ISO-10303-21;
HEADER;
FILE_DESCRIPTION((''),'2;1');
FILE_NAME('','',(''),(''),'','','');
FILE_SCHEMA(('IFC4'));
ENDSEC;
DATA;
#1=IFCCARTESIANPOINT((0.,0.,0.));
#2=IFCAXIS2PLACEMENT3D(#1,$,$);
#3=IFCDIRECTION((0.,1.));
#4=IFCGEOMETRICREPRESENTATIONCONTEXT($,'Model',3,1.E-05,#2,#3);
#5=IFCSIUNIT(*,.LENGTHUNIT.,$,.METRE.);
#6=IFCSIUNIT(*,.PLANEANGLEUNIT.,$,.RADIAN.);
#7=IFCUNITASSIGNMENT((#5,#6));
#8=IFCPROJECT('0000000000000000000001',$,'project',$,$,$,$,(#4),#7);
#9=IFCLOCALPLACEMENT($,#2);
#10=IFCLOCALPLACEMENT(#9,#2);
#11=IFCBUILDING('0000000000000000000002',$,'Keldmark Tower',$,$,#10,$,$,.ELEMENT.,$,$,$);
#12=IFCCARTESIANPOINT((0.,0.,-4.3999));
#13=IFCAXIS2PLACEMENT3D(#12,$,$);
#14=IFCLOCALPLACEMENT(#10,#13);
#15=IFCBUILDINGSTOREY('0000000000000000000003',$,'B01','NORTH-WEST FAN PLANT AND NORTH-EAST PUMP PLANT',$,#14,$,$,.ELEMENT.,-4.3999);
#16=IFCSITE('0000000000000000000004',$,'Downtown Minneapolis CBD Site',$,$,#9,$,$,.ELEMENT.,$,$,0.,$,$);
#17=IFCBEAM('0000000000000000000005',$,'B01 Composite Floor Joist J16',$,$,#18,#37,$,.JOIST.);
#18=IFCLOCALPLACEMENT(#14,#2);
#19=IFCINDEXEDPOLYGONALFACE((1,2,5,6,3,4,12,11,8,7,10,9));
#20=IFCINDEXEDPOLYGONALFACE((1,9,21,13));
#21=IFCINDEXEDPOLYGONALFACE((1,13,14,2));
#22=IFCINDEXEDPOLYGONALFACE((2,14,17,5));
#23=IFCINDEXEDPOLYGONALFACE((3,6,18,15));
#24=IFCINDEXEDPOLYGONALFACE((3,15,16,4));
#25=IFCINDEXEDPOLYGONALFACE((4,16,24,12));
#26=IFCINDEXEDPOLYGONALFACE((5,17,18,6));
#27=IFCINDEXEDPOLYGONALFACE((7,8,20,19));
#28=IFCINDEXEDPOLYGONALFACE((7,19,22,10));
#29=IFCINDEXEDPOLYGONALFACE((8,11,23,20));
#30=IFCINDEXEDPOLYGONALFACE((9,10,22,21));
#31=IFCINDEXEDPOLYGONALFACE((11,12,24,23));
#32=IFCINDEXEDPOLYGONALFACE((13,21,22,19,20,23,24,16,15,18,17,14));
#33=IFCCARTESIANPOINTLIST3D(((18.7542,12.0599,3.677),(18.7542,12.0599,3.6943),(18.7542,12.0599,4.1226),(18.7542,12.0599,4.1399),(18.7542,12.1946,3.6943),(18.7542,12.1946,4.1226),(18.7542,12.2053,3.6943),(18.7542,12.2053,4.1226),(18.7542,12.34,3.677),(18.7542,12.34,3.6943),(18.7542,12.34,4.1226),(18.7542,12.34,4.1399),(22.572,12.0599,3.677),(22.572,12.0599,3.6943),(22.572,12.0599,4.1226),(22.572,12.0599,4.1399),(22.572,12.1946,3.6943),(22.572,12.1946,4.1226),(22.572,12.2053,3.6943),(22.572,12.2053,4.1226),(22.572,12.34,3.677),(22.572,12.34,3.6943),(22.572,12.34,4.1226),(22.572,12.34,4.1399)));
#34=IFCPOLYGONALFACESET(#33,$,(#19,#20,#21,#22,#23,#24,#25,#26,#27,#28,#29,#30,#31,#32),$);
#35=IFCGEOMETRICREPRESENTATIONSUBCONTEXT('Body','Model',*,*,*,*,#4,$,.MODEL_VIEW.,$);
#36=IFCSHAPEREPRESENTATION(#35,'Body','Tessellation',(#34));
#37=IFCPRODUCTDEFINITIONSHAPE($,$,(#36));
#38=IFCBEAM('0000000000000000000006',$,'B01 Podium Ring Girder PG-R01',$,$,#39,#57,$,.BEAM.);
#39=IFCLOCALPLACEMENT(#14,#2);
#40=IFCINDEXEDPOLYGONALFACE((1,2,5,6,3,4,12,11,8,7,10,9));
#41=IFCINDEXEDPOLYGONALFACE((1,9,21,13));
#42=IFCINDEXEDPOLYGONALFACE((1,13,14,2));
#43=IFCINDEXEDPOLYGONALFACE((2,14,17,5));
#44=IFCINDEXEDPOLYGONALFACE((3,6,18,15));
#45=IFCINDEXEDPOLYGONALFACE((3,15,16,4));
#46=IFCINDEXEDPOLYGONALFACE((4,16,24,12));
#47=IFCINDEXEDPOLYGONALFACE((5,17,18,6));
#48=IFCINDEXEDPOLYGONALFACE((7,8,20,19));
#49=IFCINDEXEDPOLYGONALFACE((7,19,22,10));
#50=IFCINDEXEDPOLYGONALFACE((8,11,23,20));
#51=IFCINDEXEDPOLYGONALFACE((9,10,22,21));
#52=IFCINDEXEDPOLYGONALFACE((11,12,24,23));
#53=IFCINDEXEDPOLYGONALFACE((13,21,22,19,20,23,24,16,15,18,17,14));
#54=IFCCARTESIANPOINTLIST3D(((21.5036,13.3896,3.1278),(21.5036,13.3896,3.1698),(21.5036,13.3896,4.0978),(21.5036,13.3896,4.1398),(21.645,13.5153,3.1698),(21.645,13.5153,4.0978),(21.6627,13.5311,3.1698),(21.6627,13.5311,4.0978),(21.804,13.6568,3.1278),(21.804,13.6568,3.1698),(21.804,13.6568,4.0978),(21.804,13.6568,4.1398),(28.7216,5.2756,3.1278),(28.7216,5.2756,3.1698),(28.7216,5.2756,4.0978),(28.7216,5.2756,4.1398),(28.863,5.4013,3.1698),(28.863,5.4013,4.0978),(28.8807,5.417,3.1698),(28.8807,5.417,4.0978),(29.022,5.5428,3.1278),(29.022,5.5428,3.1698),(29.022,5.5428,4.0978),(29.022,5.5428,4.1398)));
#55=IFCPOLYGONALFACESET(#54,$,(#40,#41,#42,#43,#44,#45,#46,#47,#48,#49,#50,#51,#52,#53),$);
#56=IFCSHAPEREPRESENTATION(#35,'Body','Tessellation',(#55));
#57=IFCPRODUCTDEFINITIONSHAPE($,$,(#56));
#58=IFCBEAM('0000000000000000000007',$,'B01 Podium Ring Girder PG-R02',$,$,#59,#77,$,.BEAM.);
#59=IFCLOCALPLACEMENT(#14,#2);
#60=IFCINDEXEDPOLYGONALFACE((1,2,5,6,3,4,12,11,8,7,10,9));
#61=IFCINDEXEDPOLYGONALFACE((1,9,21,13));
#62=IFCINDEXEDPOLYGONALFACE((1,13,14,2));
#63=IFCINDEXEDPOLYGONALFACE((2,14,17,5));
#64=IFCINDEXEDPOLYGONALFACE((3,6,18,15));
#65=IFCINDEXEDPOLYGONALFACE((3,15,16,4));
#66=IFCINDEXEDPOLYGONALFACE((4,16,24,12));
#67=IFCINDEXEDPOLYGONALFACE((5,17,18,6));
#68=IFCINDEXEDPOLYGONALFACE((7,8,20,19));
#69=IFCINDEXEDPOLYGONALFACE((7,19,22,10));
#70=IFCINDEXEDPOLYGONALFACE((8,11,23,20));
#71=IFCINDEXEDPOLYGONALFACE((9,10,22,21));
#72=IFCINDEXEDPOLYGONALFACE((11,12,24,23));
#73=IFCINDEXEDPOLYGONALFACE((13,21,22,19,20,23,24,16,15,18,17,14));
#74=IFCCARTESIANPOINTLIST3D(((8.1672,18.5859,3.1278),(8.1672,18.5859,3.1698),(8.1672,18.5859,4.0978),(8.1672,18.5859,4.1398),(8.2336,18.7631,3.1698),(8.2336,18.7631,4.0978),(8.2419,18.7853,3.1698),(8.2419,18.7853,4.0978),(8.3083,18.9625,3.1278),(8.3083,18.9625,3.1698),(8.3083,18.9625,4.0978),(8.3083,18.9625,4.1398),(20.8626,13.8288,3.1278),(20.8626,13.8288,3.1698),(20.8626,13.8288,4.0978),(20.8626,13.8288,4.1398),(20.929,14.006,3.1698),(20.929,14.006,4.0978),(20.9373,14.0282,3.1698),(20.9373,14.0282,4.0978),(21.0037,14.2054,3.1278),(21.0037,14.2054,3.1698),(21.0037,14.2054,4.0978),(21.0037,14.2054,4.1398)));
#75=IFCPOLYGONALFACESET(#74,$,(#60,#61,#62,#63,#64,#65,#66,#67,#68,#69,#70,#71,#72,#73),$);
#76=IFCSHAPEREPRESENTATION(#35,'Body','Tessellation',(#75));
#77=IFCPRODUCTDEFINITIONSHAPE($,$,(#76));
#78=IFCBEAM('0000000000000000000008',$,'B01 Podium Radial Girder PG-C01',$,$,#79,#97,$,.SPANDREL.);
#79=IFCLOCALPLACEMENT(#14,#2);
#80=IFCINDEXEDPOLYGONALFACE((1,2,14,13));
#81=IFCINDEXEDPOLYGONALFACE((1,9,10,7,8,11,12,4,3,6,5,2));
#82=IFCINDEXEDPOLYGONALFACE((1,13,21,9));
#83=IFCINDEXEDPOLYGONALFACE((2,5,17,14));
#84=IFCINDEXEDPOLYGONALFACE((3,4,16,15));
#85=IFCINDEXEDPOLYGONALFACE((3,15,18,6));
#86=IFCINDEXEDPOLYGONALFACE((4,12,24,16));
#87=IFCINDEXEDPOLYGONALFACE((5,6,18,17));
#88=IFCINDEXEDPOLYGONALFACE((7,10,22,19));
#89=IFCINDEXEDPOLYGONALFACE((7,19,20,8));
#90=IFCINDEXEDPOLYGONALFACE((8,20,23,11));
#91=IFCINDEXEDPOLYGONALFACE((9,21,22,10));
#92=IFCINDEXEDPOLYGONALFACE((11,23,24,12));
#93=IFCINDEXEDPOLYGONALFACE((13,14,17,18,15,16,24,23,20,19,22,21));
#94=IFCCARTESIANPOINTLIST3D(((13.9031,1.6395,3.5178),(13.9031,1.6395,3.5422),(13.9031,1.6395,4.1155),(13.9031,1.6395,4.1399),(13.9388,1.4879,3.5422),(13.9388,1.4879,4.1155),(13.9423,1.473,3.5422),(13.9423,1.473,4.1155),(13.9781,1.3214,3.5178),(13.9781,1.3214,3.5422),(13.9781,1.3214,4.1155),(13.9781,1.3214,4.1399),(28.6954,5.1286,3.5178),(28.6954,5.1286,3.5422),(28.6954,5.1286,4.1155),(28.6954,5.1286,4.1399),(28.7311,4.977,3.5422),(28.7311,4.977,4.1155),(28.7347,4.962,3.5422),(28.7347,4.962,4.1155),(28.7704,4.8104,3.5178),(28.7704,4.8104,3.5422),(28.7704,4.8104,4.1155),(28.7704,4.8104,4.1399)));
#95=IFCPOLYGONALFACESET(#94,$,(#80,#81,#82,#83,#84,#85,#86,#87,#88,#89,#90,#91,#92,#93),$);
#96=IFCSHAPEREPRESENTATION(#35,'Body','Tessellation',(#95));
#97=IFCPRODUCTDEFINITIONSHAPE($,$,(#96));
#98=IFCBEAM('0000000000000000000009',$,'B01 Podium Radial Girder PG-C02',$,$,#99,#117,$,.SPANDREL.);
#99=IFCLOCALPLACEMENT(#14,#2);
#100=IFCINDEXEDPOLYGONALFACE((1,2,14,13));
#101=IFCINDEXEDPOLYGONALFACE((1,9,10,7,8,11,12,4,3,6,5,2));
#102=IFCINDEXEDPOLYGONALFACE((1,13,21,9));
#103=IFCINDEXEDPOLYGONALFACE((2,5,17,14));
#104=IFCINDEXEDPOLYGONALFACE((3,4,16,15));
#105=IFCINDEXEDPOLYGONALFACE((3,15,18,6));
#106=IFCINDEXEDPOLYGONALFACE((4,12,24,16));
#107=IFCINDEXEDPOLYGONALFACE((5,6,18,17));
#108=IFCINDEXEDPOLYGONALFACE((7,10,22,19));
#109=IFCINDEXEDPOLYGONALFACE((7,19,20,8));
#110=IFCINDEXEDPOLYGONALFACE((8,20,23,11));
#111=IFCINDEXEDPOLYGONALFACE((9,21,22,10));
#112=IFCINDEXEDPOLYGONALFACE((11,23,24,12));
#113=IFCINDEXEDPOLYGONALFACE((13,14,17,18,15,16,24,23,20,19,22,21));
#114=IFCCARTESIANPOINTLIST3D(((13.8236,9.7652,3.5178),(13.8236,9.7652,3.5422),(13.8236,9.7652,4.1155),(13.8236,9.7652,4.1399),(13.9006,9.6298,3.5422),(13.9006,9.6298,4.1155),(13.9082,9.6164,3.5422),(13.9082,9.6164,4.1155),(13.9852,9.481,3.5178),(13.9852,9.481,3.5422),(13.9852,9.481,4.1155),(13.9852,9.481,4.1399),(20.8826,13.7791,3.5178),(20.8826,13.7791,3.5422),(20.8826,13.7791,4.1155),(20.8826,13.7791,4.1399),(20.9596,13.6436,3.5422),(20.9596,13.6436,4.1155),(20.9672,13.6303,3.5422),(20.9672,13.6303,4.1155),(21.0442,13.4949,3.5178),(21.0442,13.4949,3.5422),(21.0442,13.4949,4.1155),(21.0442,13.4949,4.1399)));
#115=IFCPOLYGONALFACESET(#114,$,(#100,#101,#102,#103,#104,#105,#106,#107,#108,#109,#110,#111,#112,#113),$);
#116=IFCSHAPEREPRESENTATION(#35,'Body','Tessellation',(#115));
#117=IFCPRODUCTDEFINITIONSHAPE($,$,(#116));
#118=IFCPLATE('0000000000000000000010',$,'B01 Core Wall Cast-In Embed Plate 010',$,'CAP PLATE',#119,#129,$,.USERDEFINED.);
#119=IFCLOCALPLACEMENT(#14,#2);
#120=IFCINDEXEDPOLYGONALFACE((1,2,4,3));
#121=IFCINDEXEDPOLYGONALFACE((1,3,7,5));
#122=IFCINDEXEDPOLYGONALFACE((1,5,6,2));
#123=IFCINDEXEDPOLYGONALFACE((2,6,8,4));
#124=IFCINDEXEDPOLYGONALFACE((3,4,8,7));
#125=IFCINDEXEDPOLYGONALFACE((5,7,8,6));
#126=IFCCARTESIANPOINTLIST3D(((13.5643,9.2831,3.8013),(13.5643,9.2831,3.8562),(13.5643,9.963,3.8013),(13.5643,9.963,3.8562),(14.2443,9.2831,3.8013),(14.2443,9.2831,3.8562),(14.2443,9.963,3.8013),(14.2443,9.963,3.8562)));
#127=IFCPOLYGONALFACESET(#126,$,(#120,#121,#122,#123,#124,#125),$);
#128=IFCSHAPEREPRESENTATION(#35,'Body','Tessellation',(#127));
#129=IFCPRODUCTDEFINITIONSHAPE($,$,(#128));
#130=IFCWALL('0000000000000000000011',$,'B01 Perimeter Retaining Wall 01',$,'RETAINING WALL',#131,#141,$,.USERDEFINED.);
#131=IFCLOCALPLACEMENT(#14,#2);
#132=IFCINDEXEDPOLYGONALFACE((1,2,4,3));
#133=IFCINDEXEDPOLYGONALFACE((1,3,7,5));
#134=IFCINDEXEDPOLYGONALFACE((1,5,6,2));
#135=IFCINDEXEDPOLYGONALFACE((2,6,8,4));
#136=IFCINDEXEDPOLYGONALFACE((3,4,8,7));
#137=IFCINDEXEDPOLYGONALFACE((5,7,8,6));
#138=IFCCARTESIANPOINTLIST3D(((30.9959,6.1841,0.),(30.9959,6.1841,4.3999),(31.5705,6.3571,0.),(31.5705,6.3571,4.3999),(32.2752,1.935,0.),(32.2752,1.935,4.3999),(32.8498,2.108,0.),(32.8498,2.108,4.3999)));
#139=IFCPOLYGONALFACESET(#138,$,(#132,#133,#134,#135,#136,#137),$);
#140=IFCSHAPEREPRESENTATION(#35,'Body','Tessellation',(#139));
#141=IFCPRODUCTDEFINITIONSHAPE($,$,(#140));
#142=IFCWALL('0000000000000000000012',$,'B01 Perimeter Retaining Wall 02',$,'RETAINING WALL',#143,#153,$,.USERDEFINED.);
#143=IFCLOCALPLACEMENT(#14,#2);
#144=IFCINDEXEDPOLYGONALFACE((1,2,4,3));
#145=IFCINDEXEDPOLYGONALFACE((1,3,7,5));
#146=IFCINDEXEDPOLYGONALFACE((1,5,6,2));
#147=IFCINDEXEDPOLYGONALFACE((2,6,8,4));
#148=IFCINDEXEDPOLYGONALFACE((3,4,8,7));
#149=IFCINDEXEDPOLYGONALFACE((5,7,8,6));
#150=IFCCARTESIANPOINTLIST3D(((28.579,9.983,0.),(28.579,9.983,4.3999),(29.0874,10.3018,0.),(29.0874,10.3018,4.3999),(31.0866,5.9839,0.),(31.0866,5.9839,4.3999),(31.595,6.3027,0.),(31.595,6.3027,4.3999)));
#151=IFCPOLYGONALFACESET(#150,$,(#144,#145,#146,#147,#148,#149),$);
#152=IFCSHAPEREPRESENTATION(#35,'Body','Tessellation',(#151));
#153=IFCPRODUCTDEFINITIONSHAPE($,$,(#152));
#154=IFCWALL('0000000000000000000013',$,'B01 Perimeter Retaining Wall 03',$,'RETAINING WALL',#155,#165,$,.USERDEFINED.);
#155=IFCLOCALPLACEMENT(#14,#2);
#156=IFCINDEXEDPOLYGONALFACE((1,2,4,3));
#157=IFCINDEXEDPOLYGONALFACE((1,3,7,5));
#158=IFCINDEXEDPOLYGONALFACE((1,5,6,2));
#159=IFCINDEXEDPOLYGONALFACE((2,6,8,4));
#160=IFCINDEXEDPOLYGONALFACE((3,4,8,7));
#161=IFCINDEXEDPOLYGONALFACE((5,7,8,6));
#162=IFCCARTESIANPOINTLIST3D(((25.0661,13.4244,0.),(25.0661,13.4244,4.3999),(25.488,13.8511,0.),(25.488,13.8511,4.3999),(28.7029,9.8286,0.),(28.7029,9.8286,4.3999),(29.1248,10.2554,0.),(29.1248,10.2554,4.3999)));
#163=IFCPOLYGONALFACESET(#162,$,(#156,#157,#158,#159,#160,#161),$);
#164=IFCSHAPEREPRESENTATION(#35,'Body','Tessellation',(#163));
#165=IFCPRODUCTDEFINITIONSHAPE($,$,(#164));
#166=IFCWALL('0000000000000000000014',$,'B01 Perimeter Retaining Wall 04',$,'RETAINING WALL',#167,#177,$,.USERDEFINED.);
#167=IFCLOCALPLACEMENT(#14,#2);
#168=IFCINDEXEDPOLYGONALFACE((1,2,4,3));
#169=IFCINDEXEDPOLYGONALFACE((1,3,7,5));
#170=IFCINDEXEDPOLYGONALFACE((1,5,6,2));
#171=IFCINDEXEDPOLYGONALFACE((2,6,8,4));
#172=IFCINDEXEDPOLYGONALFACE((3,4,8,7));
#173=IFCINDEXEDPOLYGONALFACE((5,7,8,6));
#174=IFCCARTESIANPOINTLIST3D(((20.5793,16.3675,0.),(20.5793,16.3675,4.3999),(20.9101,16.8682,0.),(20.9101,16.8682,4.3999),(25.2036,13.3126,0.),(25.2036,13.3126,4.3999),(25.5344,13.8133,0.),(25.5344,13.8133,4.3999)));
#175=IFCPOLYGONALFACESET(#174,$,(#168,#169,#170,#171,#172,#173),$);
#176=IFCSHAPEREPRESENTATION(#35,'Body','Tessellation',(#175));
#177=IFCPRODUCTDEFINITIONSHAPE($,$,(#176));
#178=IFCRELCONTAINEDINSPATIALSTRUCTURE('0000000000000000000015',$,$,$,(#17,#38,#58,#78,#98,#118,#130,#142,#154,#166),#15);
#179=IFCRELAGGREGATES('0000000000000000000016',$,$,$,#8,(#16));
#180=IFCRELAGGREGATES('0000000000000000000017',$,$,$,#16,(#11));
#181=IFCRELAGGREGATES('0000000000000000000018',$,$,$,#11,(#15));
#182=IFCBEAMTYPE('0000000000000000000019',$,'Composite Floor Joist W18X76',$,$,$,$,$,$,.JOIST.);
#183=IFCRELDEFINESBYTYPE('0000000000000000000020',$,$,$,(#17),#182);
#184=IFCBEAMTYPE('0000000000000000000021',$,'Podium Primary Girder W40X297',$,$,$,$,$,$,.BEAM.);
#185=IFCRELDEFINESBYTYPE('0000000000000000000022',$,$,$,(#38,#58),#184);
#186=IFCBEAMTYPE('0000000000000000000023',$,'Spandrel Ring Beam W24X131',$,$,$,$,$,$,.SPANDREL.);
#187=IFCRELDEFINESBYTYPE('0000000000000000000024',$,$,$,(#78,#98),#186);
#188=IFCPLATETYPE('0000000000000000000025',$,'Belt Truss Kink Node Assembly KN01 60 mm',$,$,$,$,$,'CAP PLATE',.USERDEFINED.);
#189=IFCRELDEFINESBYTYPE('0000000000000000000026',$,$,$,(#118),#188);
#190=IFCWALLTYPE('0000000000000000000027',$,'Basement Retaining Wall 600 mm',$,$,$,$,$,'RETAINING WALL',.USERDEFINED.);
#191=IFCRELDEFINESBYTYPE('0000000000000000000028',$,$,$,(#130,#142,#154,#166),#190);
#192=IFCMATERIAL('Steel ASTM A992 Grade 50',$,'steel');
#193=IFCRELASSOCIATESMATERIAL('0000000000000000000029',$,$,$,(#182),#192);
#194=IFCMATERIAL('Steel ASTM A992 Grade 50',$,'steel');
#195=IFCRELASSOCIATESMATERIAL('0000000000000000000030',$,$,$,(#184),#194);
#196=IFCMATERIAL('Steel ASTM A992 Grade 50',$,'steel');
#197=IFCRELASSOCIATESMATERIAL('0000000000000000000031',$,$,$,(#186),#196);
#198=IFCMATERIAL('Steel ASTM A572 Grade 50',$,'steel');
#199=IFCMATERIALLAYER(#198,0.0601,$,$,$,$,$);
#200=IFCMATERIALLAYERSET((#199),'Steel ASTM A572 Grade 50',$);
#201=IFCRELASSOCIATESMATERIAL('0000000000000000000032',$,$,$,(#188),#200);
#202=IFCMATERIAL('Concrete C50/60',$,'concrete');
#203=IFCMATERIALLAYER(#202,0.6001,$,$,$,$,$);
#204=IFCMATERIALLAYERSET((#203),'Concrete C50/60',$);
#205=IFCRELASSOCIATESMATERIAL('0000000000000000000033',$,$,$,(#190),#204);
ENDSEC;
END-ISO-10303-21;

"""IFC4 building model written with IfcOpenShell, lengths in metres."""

from ifc_helpers import new_model, si_unit, direction, frame, frame_2d, origin, origin_2d, place, context, subcontext, project, spatial, rectangle, i_section, extrude, material, layer, layer_set, material_profile, profile_set, type_object, element, save


model = new_model("IFC4")

# Units and contexts
model_context = context("Model", 3, precision=1e-05, world=origin(), true_north=direction((0.0, 1.0)))
body_context = subcontext(model_context, "Body", "Model", "MODEL_VIEW")
ifc_project = project(units=[si_unit("LENGTHUNIT", "METRE"), si_unit("PLANEANGLEUNIT", "RADIAN")], contexts=[model_context])

# Site, building, storey
site_placement = place(None, origin())
site = spatial("IfcSite", under=ifc_project, at=site_placement, Name="Downtown Minneapolis CBD Site", CompositionType="ELEMENT", RefElevation=0.0)
building_placement = place(site_placement, origin())
building = spatial("IfcBuilding", under=site, at=building_placement, Name="Keldmark Tower", CompositionType="ELEMENT")
storey_placement = place(building_placement, frame((0.0, 0.0, -4.3999)))
storey = spatial("IfcBuildingStorey", under=building, at=storey_placement, Name="B01", Description="NORTH-WEST FAN PLANT AND NORTH-EAST PUMP PLANT", CompositionType="ELEMENT", Elevation=-4.3999)

# Beams
ifc_material_1 = material(Name="Steel ASTM A992 Grade 50", Category="steel")
ifc_material_profile_1 = material_profile(ifc_material_1, i_section(OverallWidth=0.28, OverallDepth=0.4629, WebThickness=0.0107, FlangeThickness=0.0173, at=origin_2d()), Name="W18X76")
ifc_profile_set_1 = profile_set([ifc_material_profile_1], Name="Steel ASTM A992 Grade 50")
beam_type_1 = type_object("IfcBeamType", Name="Composite Floor Joist W18X76", PredefinedType="JOIST", material=ifc_profile_set_1)
beam_1_placement = place(storey_placement, frame((18.7542, 12.2, 3.9084), z_axis=(1.0, 0.0, 0.0), x_axis=(0.0, 1.0, 0.0)))
element("IfcBeam", 1, at=beam_1_placement, inside=storey, type_object=beam_type_1, Name="B01 Composite Floor Joist J16", PredefinedType="JOIST", context=body_context, shape_type="SweptSolid", body=[
    extrude(i_section(OverallWidth=0.28, OverallDepth=0.4629, WebThickness=0.0107, FlangeThickness=0.0173, at=origin_2d()), origin(), (0.0, 0.0, 1.0), 3.8179),
])
ifc_material_2 = material(Name="Steel ASTM A992 Grade 50", Category="steel")
ifc_material_profile_2 = material_profile(ifc_material_2, i_section(OverallWidth=0.4021, OverallDepth=1.012, WebThickness=0.0237, FlangeThickness=0.042, at=origin_2d()), Name="W40X297")
ifc_profile_set_2 = profile_set([ifc_material_profile_2], Name="Steel ASTM A992 Grade 50")
beam_type_2 = type_object("IfcBeamType", Name="Podium Primary Girder W40X297", PredefinedType="BEAM", material=ifc_profile_set_2)
beam_2_placement = place(storey_placement, frame((28.8718, 5.4092, 3.6338), z_axis=(-0.66465, 0.747155, 0.0), x_axis=(-0.747155, -0.66465, 0.0)))
element("IfcBeam", 2, at=beam_2_placement, inside=storey, type_object=beam_type_2, Name="B01 Podium Ring Girder PG-R01", PredefinedType="BEAM", context=body_context, shape_type="SweptSolid", body=[
    extrude(i_section(OverallWidth=0.4021, OverallDepth=1.012, WebThickness=0.0237, FlangeThickness=0.042, at=origin_2d()), origin(), (0.0, 0.0, 1.0), 10.8599),
])
beam_3_placement = place(storey_placement, frame((20.9331, 14.0171, 3.6338), z_axis=(-0.936418, 0.350887, 0.0), x_axis=(-0.350887, -0.936418, 0.0)))
element("IfcBeam", 3, at=beam_3_placement, inside=storey, type_object=beam_type_2, Name="B01 Podium Ring Girder PG-R02", PredefinedType="BEAM", context=body_context, shape_type="SweptSolid", body=[
    extrude(i_section(OverallWidth=0.4021, OverallDepth=1.012, WebThickness=0.0237, FlangeThickness=0.042, at=origin_2d()), origin(), (0.0, 0.0, 1.0), 13.5574),
])
ifc_material_3 = material(Name="Steel ASTM A992 Grade 50", Category="steel")
ifc_material_profile_3 = material_profile(ifc_material_3, i_section(OverallWidth=0.3269, OverallDepth=0.6221, WebThickness=0.0154, FlangeThickness=0.0244, at=origin_2d()), Name="W24X131")
ifc_profile_set_3 = profile_set([ifc_material_profile_3], Name="Steel ASTM A992 Grade 50")
beam_type_3 = type_object("IfcBeamType", Name="Spandrel Ring Beam W24X131", PredefinedType="SPANDREL", material=ifc_profile_set_3)
beam_4_placement = place(storey_placement, frame((28.7329, 4.9695, 3.8289), z_axis=(-0.973293, -0.229568, 0.0), x_axis=(0.229568, -0.973293, 0.0)))
element("IfcBeam", 4, at=beam_4_placement, inside=storey, type_object=beam_type_3, Name="B01 Podium Radial Girder PG-C01", PredefinedType="SPANDREL", context=body_context, shape_type="SweptSolid", body=[
    extrude(i_section(OverallWidth=0.3269, OverallDepth=0.6221, WebThickness=0.0154, FlangeThickness=0.0244, at=origin_2d()), origin(), (0.0, 0.0, 1.0), 15.1982),
])
beam_5_placement = place(storey_placement, frame((20.9634, 13.637, 3.8289), z_axis=(-0.869294, -0.494296, 0.0), x_axis=(0.494296, -0.869294, 0.0)))
element("IfcBeam", 5, at=beam_5_placement, inside=storey, type_object=beam_type_3, Name="B01 Podium Radial Girder PG-C02", PredefinedType="SPANDREL", context=body_context, shape_type="SweptSolid", body=[
    extrude(i_section(OverallWidth=0.3269, OverallDepth=0.6221, WebThickness=0.0154, FlangeThickness=0.0244, at=origin_2d()), origin(), (0.0, 0.0, 1.0), 8.1204),
])

# Plate
ifc_material_4 = material(Name="Steel ASTM A572 Grade 50", Category="steel")
ifc_layer_1 = layer(ifc_material_4, 0.0601)
ifc_layer_set_1 = layer_set([ifc_layer_1], Name="Steel ASTM A572 Grade 50")
plate_type = type_object("IfcPlateType", Name="Belt Truss Kink Node Assembly KN01 60 mm", ElementType="CAP PLATE", PredefinedType="USERDEFINED", material=ifc_layer_set_1)
plate_placement = place(storey_placement, frame((13.9043, 9.623, 3.8013), z_axis=(0.0, 0.0, 1.0), x_axis=(1.0, 0.0, 0.0)))
element("IfcPlate", 6, at=plate_placement, inside=storey, type_object=plate_type, Name="B01 Core Wall Cast-In Embed Plate 010", ObjectType="CAP PLATE", PredefinedType="USERDEFINED", context=body_context, shape_type="SweptSolid", body=[
    extrude(rectangle(XDim=0.6799, YDim=0.6799, at=origin_2d()), origin(), (0.0, 0.0, 1.0), 0.0549),
])

# Walls
ifc_material_5 = material(Name="Concrete C50/60", Category="concrete")
ifc_layer_2 = layer(ifc_material_5, 0.6001)
ifc_layer_set_2 = layer_set([ifc_layer_2], Name="Concrete C50/60")
wall_type_1 = type_object("IfcWallType", Name="Basement Retaining Wall 600 mm", ElementType="RETAINING WALL", PredefinedType="USERDEFINED", material=ifc_layer_set_2)
wall_1_placement = place(storey_placement, frame((32.5625, 2.0215, 0.0), z_axis=(0.0, 0.0, 1.0), x_axis=(-0.288297, 0.957541, 0.0)))
element("IfcWall", 7, at=wall_1_placement, inside=storey, type_object=wall_type_1, Name="B01 Perimeter Retaining Wall 01", ObjectType="RETAINING WALL", PredefinedType="USERDEFINED", context=body_context, shape_type="SweptSolid", body=[
    extrude(rectangle(XDim=4.4375, YDim=0.6001, at=frame_2d((2.2188, 0.0))), origin(), (0.0, 0.0, 1.0), 4.3999),
])
wall_2_placement = place(storey_placement, frame((31.3408, 6.1433, 0.0), z_axis=(0.0, 0.0, 1.0), x_axis=(-0.531244, 0.847219, 0.0)))
element("IfcWall", 8, at=wall_2_placement, inside=storey, type_object=wall_type_1, Name="B01 Perimeter Retaining Wall 02", ObjectType="RETAINING WALL", PredefinedType="USERDEFINED", context=body_context, shape_type="SweptSolid", body=[
    extrude(rectangle(XDim=4.7202, YDim=0.6001, at=frame_2d((2.3601, 0.0))), origin(), (0.0, 0.0, 1.0), 4.3999),
])
wall_3_placement = place(storey_placement, frame((28.9138, 10.042, 0.0), z_axis=(0.0, 0.0, 1.0), x_axis=(-0.711105, 0.703085, 0.0)))
element("IfcWall", 9, at=wall_3_placement, inside=storey, type_object=wall_type_1, Name="B01 Perimeter Retaining Wall 03", ObjectType="RETAINING WALL", PredefinedType="USERDEFINED", context=body_context, shape_type="SweptSolid", body=[
    extrude(rectangle(XDim=5.1143, YDim=0.6001, at=frame_2d((2.5571, 0.0))), origin(), (0.0, 0.0, 1.0), 4.3999),
])
wall_4_placement = place(storey_placement, frame((25.3689, 13.563, 0.0), z_axis=(0.0, 0.0, 1.0), x_axis=(-0.834368, 0.551209, 0.0)))
element("IfcWall", 10, at=wall_4_placement, inside=storey, type_object=wall_type_1, Name="B01 Perimeter Retaining Wall 04", ObjectType="RETAINING WALL", PredefinedType="USERDEFINED", context=body_context, shape_type="SweptSolid", body=[
    extrude(rectangle(XDim=5.5422, YDim=0.6001, at=frame_2d((2.771, 0.0))), origin(), (0.0, 0.0, 1.0), 4.3999),
])

save(model, "model.ifc")
